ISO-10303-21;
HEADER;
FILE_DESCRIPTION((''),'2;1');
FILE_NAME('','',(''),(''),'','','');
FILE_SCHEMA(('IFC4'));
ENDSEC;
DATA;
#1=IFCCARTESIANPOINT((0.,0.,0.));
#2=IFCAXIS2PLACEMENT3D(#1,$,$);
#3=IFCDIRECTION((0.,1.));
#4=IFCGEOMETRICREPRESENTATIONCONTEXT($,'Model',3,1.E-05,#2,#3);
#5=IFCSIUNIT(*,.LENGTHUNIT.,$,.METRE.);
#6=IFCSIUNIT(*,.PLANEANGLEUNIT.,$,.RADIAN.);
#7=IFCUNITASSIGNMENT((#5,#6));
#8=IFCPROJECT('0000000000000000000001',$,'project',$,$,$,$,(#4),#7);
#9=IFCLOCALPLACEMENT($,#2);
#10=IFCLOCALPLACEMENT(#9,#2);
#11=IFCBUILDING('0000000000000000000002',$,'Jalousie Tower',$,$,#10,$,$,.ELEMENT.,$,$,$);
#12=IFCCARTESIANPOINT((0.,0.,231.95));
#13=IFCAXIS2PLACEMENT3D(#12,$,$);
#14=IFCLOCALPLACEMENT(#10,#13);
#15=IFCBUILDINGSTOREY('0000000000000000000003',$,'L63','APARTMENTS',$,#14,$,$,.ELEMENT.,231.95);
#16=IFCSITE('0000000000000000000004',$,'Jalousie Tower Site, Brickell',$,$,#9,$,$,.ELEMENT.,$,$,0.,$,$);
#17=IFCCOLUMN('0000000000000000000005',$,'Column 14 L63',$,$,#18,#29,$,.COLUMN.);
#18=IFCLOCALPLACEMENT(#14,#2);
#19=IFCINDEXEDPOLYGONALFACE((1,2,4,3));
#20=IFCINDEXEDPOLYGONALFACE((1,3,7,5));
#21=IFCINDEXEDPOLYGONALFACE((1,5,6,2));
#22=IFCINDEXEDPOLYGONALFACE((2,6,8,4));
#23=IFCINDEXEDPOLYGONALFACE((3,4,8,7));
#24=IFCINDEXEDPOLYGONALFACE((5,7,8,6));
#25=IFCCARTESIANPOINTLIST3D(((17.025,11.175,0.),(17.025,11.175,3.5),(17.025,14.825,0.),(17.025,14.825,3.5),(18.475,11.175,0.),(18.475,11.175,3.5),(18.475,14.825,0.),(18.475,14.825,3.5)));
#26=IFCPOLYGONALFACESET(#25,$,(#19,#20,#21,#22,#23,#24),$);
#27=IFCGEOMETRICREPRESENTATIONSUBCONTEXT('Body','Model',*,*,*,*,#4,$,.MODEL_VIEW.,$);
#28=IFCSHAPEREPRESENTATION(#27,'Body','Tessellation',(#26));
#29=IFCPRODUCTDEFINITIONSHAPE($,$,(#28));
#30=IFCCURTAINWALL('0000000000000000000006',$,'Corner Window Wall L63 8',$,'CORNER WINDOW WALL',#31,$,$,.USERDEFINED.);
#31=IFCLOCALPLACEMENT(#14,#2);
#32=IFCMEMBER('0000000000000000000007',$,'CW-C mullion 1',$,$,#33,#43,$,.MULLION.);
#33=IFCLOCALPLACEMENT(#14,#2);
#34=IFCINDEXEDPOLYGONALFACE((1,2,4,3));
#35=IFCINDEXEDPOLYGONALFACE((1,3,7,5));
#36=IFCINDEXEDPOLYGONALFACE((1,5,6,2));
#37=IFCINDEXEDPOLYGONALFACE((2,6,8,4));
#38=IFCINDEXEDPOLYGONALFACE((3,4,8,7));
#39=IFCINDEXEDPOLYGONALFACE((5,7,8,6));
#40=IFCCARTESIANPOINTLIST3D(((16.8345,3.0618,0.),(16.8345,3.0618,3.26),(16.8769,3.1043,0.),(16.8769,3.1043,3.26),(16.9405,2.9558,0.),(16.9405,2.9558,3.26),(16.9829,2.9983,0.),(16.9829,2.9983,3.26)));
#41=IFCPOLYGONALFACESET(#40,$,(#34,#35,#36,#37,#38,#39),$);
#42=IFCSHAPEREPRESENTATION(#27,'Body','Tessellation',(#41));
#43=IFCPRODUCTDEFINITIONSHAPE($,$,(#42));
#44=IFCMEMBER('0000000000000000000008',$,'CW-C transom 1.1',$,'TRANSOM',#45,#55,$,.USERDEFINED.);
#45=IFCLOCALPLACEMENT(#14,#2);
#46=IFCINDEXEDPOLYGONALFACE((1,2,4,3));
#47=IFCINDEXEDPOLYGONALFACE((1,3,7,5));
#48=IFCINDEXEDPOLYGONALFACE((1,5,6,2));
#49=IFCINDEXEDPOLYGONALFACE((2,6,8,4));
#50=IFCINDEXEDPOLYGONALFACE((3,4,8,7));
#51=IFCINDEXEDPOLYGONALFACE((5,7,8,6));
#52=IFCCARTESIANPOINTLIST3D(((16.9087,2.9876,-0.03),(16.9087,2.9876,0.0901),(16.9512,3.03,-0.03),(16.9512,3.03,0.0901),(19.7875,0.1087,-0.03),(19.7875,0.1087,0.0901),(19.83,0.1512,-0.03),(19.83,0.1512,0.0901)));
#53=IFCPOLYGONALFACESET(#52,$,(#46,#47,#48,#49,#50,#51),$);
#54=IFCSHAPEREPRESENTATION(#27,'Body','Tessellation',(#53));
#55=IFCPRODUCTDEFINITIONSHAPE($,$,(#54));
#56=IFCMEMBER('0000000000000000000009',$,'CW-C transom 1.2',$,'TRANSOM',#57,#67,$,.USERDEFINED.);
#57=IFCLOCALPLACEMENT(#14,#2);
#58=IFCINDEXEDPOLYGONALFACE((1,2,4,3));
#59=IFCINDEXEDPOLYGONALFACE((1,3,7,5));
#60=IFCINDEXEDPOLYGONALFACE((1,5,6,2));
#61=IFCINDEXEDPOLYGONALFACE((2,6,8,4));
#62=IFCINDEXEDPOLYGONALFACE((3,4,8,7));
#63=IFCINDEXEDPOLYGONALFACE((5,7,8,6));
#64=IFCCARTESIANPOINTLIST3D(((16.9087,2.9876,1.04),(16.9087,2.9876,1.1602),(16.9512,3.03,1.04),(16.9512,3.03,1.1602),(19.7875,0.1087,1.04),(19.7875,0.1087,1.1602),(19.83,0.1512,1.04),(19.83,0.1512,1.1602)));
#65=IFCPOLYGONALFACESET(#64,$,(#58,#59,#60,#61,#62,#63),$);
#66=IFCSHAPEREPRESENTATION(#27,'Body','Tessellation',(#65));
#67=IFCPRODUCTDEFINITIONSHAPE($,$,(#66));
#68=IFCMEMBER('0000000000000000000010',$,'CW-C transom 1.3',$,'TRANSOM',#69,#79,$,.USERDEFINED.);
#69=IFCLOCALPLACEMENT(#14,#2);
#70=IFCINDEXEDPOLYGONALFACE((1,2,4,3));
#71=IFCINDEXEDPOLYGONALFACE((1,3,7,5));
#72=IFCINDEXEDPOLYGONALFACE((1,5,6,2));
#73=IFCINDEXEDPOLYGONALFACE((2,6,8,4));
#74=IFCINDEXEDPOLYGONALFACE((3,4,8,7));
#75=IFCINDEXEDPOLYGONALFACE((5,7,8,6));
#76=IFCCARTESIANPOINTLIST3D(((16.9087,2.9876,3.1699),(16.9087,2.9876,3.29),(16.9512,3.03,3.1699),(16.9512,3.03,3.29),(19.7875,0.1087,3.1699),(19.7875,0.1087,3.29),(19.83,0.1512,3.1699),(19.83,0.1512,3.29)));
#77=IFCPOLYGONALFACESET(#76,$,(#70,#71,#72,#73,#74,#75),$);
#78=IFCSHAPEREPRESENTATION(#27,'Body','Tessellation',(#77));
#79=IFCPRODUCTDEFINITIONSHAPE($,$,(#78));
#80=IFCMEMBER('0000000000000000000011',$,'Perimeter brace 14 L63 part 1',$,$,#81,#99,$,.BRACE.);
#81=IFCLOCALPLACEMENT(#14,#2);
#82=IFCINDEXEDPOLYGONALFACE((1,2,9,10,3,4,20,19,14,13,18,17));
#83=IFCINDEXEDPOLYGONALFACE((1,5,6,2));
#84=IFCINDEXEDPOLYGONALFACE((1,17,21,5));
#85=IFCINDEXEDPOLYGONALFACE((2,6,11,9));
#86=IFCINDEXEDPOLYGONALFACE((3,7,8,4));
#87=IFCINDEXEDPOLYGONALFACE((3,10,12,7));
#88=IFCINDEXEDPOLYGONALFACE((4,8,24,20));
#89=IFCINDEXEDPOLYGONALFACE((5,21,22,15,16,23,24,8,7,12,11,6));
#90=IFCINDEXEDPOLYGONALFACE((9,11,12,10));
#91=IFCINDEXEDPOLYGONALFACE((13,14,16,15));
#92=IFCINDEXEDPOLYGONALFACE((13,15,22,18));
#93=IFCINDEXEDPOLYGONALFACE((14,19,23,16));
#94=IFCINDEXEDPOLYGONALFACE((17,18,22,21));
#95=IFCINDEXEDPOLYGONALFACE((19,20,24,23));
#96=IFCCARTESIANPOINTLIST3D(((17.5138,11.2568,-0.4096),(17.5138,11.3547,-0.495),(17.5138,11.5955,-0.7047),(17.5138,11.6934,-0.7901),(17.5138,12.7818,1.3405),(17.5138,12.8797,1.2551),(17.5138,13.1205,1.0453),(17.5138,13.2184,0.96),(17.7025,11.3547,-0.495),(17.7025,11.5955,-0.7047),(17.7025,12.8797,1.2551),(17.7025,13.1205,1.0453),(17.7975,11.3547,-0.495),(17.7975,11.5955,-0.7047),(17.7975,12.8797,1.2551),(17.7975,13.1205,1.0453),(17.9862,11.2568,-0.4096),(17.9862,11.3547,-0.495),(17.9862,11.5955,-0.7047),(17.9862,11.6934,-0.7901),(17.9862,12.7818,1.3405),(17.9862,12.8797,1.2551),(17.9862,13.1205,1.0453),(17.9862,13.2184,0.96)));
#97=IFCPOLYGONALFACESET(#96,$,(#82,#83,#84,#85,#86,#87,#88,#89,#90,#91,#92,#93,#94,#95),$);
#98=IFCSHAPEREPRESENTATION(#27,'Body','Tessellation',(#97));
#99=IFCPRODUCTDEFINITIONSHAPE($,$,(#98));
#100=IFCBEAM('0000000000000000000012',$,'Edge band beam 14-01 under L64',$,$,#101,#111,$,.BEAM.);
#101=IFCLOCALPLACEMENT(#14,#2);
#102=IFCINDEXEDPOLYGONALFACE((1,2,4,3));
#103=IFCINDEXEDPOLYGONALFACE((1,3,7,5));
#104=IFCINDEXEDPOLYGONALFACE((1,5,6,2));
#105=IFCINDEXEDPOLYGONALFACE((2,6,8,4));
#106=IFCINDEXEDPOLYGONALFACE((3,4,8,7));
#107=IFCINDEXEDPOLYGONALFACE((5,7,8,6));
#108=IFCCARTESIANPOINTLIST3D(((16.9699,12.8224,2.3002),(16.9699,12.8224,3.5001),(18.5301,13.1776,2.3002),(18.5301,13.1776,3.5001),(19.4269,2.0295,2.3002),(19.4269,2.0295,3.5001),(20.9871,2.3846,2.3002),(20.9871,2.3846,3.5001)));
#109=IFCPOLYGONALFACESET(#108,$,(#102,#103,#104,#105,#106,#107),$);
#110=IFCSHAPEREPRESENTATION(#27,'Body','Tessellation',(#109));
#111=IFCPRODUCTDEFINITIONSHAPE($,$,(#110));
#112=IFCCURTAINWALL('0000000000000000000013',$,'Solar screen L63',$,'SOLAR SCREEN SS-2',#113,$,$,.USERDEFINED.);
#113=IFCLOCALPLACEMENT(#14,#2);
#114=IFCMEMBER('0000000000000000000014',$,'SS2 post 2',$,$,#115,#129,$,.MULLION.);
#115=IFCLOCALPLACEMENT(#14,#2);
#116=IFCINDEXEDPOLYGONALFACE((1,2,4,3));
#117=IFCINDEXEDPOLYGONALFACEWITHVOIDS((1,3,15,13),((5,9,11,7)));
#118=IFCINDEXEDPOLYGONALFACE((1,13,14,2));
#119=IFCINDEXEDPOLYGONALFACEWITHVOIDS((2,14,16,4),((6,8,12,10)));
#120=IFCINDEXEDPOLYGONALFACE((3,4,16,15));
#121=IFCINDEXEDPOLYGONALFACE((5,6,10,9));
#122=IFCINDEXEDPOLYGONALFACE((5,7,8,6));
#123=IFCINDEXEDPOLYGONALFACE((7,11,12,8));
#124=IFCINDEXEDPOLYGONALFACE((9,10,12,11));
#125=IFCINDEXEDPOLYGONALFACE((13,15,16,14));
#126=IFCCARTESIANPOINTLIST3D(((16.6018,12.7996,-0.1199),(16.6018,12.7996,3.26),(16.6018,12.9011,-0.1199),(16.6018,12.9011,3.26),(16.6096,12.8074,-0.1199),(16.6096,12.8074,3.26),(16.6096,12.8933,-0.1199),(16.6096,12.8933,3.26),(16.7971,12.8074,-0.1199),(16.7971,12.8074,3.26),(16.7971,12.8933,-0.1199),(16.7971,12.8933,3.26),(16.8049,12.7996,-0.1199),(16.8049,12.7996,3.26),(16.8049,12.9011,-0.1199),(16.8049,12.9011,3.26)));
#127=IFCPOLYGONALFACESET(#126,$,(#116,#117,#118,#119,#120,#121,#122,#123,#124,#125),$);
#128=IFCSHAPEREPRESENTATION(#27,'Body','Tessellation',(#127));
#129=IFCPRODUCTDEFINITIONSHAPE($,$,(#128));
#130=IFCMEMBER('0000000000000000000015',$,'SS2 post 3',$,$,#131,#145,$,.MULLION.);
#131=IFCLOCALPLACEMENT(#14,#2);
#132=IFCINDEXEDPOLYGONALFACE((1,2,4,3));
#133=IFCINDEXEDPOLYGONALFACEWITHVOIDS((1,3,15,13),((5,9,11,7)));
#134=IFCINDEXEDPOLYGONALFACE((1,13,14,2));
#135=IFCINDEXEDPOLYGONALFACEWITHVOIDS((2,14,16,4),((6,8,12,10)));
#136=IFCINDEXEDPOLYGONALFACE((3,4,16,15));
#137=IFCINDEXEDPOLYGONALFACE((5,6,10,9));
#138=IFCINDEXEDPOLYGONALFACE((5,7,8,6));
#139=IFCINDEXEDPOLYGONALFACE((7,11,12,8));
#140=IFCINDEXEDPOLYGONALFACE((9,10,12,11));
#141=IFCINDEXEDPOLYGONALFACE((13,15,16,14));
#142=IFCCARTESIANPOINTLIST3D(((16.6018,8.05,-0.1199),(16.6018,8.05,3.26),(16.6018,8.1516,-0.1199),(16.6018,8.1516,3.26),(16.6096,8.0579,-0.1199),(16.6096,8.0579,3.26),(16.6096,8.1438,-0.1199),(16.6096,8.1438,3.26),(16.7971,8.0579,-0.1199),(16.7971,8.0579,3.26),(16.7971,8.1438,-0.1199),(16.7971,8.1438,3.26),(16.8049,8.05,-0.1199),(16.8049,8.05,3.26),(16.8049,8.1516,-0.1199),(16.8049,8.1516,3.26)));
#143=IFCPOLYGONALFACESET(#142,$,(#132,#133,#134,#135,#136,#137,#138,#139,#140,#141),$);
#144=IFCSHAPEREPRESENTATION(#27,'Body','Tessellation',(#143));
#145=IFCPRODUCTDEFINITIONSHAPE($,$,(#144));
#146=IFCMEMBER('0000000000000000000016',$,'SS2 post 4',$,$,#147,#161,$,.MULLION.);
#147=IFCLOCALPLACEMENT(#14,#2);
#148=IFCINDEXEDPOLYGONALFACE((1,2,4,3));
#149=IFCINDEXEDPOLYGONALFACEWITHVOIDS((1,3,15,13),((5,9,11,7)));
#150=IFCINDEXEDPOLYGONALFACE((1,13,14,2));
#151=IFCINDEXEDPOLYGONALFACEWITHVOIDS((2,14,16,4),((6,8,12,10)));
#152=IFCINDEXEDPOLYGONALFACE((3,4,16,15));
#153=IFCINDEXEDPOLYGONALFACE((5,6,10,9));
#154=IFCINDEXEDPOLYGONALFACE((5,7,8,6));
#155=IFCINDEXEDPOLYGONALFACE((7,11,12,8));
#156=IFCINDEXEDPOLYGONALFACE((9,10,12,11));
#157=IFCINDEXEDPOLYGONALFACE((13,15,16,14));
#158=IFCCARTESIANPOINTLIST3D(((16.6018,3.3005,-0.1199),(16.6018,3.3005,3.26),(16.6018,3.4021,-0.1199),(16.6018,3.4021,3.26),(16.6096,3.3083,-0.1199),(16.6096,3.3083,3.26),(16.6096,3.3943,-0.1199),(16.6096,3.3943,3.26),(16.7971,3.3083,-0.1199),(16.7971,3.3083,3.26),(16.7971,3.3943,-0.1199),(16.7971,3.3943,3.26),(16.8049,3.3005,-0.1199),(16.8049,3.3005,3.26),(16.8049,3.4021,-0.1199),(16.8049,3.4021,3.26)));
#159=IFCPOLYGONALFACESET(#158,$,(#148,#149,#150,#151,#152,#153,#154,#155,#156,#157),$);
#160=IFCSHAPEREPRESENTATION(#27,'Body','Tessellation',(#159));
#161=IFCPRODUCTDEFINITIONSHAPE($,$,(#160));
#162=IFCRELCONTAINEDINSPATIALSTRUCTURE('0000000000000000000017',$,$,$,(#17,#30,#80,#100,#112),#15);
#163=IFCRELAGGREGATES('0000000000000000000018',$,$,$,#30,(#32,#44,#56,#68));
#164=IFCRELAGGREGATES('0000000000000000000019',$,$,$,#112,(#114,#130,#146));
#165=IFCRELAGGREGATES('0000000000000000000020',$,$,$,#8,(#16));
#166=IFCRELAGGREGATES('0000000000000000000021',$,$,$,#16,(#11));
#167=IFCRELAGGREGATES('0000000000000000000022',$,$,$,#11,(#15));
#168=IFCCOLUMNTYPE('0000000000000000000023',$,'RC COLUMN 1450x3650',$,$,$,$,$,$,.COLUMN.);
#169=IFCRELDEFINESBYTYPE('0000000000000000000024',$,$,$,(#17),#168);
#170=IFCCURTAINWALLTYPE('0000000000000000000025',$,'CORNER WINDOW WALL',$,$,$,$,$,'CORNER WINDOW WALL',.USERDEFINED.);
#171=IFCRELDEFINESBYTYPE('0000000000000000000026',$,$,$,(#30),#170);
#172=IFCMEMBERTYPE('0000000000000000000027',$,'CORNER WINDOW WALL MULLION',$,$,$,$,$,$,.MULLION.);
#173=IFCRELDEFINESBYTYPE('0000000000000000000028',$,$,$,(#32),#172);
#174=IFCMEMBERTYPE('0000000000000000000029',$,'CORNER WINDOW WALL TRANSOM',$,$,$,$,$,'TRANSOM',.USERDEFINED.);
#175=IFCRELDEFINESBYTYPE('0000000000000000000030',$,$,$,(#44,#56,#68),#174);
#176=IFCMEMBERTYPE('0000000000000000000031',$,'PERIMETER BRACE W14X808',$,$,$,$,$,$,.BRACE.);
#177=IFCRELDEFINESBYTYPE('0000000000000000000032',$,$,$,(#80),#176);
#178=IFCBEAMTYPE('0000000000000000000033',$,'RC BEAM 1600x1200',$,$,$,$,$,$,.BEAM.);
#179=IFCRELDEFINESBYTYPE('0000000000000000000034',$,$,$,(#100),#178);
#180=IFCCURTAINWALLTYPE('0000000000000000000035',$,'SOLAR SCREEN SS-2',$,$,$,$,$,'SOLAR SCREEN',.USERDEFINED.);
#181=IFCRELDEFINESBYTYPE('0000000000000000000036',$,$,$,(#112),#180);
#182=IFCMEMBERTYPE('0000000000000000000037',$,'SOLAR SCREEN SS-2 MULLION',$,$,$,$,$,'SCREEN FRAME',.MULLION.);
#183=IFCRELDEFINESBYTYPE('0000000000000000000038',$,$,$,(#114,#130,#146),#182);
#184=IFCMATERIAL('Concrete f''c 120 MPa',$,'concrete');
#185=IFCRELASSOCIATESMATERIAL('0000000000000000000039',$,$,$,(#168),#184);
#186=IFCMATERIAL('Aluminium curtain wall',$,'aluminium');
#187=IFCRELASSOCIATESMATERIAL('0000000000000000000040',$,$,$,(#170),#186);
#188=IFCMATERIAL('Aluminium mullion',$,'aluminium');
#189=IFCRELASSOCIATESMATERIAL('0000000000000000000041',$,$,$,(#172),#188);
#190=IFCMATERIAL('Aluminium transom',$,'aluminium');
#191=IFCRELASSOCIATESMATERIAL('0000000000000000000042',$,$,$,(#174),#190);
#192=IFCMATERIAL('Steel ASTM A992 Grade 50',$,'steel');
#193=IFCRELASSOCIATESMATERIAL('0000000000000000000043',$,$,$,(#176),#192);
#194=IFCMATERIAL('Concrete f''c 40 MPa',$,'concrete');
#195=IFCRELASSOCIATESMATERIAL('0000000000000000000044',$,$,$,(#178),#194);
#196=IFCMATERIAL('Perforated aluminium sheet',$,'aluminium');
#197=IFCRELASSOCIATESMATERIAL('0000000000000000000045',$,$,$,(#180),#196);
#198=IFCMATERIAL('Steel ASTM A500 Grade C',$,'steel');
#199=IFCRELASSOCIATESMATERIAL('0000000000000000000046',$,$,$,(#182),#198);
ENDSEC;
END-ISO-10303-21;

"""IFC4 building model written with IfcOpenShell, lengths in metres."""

from ifc_helpers import new_model, si_unit, direction, frame, origin, origin_2d, place, context, subcontext, project, spatial, rectangle, hollow_rectangle, i_section, extrude, material, material_profile, profile_set, type_object, element, aggregate, save


model = new_model("IFC4")

# Units and contexts
model_context = context("Model", 3, precision=1e-05, world=origin(), true_north=direction((0.0, 1.0)))
body_context = subcontext(model_context, "Body", "Model", "MODEL_VIEW")
ifc_project = project(units=[si_unit("LENGTHUNIT", "METRE"), si_unit("PLANEANGLEUNIT", "RADIAN")], contexts=[model_context])

# Site, building, storey
site_placement = place(None, origin())
site = spatial("IfcSite", under=ifc_project, at=site_placement, Name="Jalousie Tower Site, Brickell", CompositionType="ELEMENT", RefElevation=0.0)
building_placement = place(site_placement, origin())
building = spatial("IfcBuilding", under=site, at=building_placement, Name="Jalousie Tower", CompositionType="ELEMENT")
storey_placement = place(building_placement, frame((0.0, 0.0, 231.95)))
storey = spatial("IfcBuildingStorey", under=building, at=storey_placement, Name="L63", Description="APARTMENTS", CompositionType="ELEMENT", Elevation=231.95)

# Column
ifc_material_1 = material(Name="Concrete f'c 120 MPa", Category="concrete")
ifc_material_profile_1 = material_profile(ifc_material_1, rectangle(XDim=1.45, YDim=3.6499, at=origin_2d()), Name="RC 1450x3650")
ifc_profile_set_1 = profile_set([ifc_material_profile_1], Name="Concrete f'c 120 MPa")
column_type = type_object("IfcColumnType", Name="RC COLUMN 1450x3650", PredefinedType="COLUMN", material=ifc_profile_set_1)
column_placement = place(storey_placement, frame((17.75, 13.0, 0.0), z_axis=(0.0, 0.0, 1.0), x_axis=(1.0, 0.0, 0.0)))
element("IfcColumn", 1, at=column_placement, inside=storey, type_object=column_type, Name="Column 14 L63", PredefinedType="COLUMN", context=body_context, shape_type="SweptSolid", body=[
    extrude(rectangle(XDim=1.45, YDim=3.6499, at=origin_2d()), origin(), (0.0, 0.0, 1.0), 3.5),
])

# Curtain wall, members
ifc_material_2 = material(Name="Aluminium curtain wall", Category="aluminium")
curtain_wall_type_1 = type_object("IfcCurtainWallType", Name="CORNER WINDOW WALL", ElementType="CORNER WINDOW WALL", PredefinedType="USERDEFINED", material=ifc_material_2)
curtain_wall_1_placement = place(storey_placement, origin())
curtain_wall_1 = element("IfcCurtainWall", 2, at=curtain_wall_1_placement, inside=storey, type_object=curtain_wall_type_1, Name="Corner Window Wall L63 8", ObjectType="CORNER WINDOW WALL", PredefinedType="USERDEFINED")
ifc_material_3 = material(Name="Aluminium mullion", Category="aluminium")
ifc_material_profile_2 = material_profile(ifc_material_3, rectangle(XDim=0.0601, YDim=0.1499, at=origin_2d()), Name="MULLION 60x150")
ifc_profile_set_2 = profile_set([ifc_material_profile_2], Name="Aluminium mullion")
member_type_1 = type_object("IfcMemberType", Name="CORNER WINDOW WALL MULLION", PredefinedType="MULLION", material=ifc_profile_set_2)
member_1_placement = place(storey_placement, frame((16.9087, 3.03, 0.0), z_axis=(0.0, 0.0, 1.0), x_axis=(0.707107, 0.707107, 0.0)))
member_1 = element("IfcMember", 3, at=member_1_placement, type_object=member_type_1, Name="CW-C mullion 1", PredefinedType="MULLION", context=body_context, shape_type="SweptSolid", body=[
    extrude(rectangle(XDim=0.0601, YDim=0.1499, at=origin_2d()), origin(), (0.0, 0.0, 1.0), 3.26),
])
ifc_material_4 = material(Name="Aluminium transom", Category="aluminium")
ifc_material_profile_3 = material_profile(ifc_material_4, rectangle(XDim=0.0601, YDim=0.1201, at=origin_2d()), Name="TRANSOM 60x120")
ifc_profile_set_3 = profile_set([ifc_material_profile_3], Name="Aluminium transom")
member_type_2 = type_object("IfcMemberType", Name="CORNER WINDOW WALL TRANSOM", ElementType="TRANSOM", PredefinedType="USERDEFINED", material=ifc_profile_set_3)
member_2_placement = place(storey_placement, frame((16.9299, 3.0088, 0.03), z_axis=(0.707107, -0.707107, 0.0), x_axis=(0.707107, 0.707107, 0.0)))
member_2 = element("IfcMember", 4, at=member_2_placement, type_object=member_type_2, Name="CW-C transom 1.1", ObjectType="TRANSOM", PredefinedType="USERDEFINED", context=body_context, shape_type="SweptSolid", body=[
    extrude(rectangle(XDim=0.0601, YDim=0.1201, at=origin_2d()), origin(), (0.0, 0.0, 1.0), 4.0713),
])
member_3_placement = place(storey_placement, frame((16.9299, 3.0088, 1.1001), z_axis=(0.707107, -0.707107, 0.0), x_axis=(0.707107, 0.707107, 0.0)))
member_3 = element("IfcMember", 5, at=member_3_placement, type_object=member_type_2, Name="CW-C transom 1.2", ObjectType="TRANSOM", PredefinedType="USERDEFINED", context=body_context, shape_type="SweptSolid", body=[
    extrude(rectangle(XDim=0.0601, YDim=0.1201, at=origin_2d()), origin(), (0.0, 0.0, 1.0), 4.0713),
])
member_4_placement = place(storey_placement, frame((16.9299, 3.0088, 3.23), z_axis=(0.707107, -0.707107, 0.0), x_axis=(0.707107, 0.707107, 0.0)))
member_4 = element("IfcMember", 6, at=member_4_placement, type_object=member_type_2, Name="CW-C transom 1.3", ObjectType="TRANSOM", PredefinedType="USERDEFINED", context=body_context, shape_type="SweptSolid", body=[
    extrude(rectangle(XDim=0.0601, YDim=0.1201, at=origin_2d()), origin(), (0.0, 0.0, 1.0), 4.0713),
])
aggregate(curtain_wall_1, [member_1, member_2, member_3, member_4])

# Member
ifc_material_5 = material(Name="Steel ASTM A992 Grade 50", Category="steel")
ifc_material_profile_4 = material_profile(ifc_material_5, i_section(OverallWidth=0.4724, OverallDepth=0.5791, WebThickness=0.095, FlangeThickness=0.1299, at=origin_2d()), Name="W14X808")
ifc_profile_set_4 = profile_set([ifc_material_profile_4], Name="Steel ASTM A992 Grade 50")
member_type_3 = type_object("IfcMemberType", Name="PERIMETER BRACE W14X808", PredefinedType="BRACE", material=ifc_profile_set_4)
member_5_placement = place(storey_placement, frame((17.75, 11.4751, -0.5999), z_axis=(0.0, 0.656954, 0.75393), x_axis=(-1.0, 0.0, 0.0)))
element("IfcMember", 7, at=member_5_placement, inside=storey, type_object=member_type_3, Name="Perimeter brace 14 L63 part 1", PredefinedType="BRACE", context=body_context, shape_type="SweptSolid", body=[
    extrude(i_section(OverallWidth=0.4724, OverallDepth=0.5791, WebThickness=0.095, FlangeThickness=0.1299, at=origin_2d()), origin(), (0.0, 0.0, 1.0), 2.3213),
])

# Beam
ifc_material_6 = material(Name="Concrete f'c 40 MPa", Category="concrete")
ifc_material_profile_5 = material_profile(ifc_material_6, rectangle(XDim=1.6001, YDim=1.2, at=origin_2d()), Name="RC 1600x1200")
ifc_profile_set_5 = profile_set([ifc_material_profile_5], Name="Concrete f'c 40 MPa")
beam_type = type_object("IfcBeamType", Name="RC BEAM 1600x1200", PredefinedType="BEAM", material=ifc_profile_set_5)
beam_placement = place(storey_placement, frame((17.75, 13.0, 2.9001), z_axis=(0.221972, -0.975053, 0.0), x_axis=(0.975053, 0.221972, 0.0)))
element("IfcBeam", 8, at=beam_placement, inside=storey, type_object=beam_type, Name="Edge band beam 14-01 under L64", PredefinedType="BEAM", context=body_context, shape_type="SweptSolid", body=[
    extrude(rectangle(XDim=1.6001, YDim=1.2, at=origin_2d()), origin(), (0.0, 0.0, 1.0), 11.0691),
])

# Curtain wall, members
ifc_material_7 = material(Name="Perforated aluminium sheet", Category="aluminium")
curtain_wall_type_2 = type_object("IfcCurtainWallType", Name="SOLAR SCREEN SS-2", ElementType="SOLAR SCREEN", PredefinedType="USERDEFINED", material=ifc_material_7)
curtain_wall_2_placement = place(storey_placement, origin())
curtain_wall_2 = element("IfcCurtainWall", 9, at=curtain_wall_2_placement, inside=storey, type_object=curtain_wall_type_2, Name="Solar screen L63", ObjectType="SOLAR SCREEN SS-2", PredefinedType="USERDEFINED")
ifc_material_8 = material(Name="Steel ASTM A500 Grade C", Category="steel")
ifc_material_profile_6 = material_profile(ifc_material_8, hollow_rectangle(XDim=0.1016, YDim=0.2031, WallThickness=0.0078, at=origin_2d()), Name="HSS8X4X5/16")
ifc_profile_set_6 = profile_set([ifc_material_profile_6], Name="Steel ASTM A500 Grade C")
member_type_4 = type_object("IfcMemberType", Name="SOLAR SCREEN SS-2 MULLION", ElementType="SCREEN FRAME", PredefinedType="MULLION", material=ifc_profile_set_6)
member_6_placement = place(storey_placement, frame((16.7034, 12.8503, -0.1199), z_axis=(0.0, 0.0, 1.0), x_axis=(0.0, -1.0, 0.0)))
member_6 = element("IfcMember", 10, at=member_6_placement, type_object=member_type_4, Name="SS2 post 2", PredefinedType="MULLION", context=body_context, shape_type="SweptSolid", body=[
    extrude(hollow_rectangle(XDim=0.1016, YDim=0.2031, WallThickness=0.0078, at=origin_2d()), origin(), (0.0, 0.0, 1.0), 3.3799),
])
member_7_placement = place(storey_placement, frame((16.7034, 8.1008, -0.1199), z_axis=(0.0, 0.0, 1.0), x_axis=(0.0, -1.0, 0.0)))
member_7 = element("IfcMember", 11, at=member_7_placement, type_object=member_type_4, Name="SS2 post 3", PredefinedType="MULLION", context=body_context, shape_type="SweptSolid", body=[
    extrude(hollow_rectangle(XDim=0.1016, YDim=0.2031, WallThickness=0.0078, at=origin_2d()), origin(), (0.0, 0.0, 1.0), 3.3799),
])
member_8_placement = place(storey_placement, frame((16.7034, 3.3513, -0.1199), z_axis=(0.0, 0.0, 1.0), x_axis=(0.0, -1.0, 0.0)))
member_8 = element("IfcMember", 12, at=member_8_placement, type_object=member_type_4, Name="SS2 post 4", PredefinedType="MULLION", context=body_context, shape_type="SweptSolid", body=[
    extrude(hollow_rectangle(XDim=0.1016, YDim=0.2031, WallThickness=0.0078, at=origin_2d()), origin(), (0.0, 0.0, 1.0), 3.3799),
])

aggregate(curtain_wall_2, [member_6, member_7, member_8])

save(model, "model.ifc")
